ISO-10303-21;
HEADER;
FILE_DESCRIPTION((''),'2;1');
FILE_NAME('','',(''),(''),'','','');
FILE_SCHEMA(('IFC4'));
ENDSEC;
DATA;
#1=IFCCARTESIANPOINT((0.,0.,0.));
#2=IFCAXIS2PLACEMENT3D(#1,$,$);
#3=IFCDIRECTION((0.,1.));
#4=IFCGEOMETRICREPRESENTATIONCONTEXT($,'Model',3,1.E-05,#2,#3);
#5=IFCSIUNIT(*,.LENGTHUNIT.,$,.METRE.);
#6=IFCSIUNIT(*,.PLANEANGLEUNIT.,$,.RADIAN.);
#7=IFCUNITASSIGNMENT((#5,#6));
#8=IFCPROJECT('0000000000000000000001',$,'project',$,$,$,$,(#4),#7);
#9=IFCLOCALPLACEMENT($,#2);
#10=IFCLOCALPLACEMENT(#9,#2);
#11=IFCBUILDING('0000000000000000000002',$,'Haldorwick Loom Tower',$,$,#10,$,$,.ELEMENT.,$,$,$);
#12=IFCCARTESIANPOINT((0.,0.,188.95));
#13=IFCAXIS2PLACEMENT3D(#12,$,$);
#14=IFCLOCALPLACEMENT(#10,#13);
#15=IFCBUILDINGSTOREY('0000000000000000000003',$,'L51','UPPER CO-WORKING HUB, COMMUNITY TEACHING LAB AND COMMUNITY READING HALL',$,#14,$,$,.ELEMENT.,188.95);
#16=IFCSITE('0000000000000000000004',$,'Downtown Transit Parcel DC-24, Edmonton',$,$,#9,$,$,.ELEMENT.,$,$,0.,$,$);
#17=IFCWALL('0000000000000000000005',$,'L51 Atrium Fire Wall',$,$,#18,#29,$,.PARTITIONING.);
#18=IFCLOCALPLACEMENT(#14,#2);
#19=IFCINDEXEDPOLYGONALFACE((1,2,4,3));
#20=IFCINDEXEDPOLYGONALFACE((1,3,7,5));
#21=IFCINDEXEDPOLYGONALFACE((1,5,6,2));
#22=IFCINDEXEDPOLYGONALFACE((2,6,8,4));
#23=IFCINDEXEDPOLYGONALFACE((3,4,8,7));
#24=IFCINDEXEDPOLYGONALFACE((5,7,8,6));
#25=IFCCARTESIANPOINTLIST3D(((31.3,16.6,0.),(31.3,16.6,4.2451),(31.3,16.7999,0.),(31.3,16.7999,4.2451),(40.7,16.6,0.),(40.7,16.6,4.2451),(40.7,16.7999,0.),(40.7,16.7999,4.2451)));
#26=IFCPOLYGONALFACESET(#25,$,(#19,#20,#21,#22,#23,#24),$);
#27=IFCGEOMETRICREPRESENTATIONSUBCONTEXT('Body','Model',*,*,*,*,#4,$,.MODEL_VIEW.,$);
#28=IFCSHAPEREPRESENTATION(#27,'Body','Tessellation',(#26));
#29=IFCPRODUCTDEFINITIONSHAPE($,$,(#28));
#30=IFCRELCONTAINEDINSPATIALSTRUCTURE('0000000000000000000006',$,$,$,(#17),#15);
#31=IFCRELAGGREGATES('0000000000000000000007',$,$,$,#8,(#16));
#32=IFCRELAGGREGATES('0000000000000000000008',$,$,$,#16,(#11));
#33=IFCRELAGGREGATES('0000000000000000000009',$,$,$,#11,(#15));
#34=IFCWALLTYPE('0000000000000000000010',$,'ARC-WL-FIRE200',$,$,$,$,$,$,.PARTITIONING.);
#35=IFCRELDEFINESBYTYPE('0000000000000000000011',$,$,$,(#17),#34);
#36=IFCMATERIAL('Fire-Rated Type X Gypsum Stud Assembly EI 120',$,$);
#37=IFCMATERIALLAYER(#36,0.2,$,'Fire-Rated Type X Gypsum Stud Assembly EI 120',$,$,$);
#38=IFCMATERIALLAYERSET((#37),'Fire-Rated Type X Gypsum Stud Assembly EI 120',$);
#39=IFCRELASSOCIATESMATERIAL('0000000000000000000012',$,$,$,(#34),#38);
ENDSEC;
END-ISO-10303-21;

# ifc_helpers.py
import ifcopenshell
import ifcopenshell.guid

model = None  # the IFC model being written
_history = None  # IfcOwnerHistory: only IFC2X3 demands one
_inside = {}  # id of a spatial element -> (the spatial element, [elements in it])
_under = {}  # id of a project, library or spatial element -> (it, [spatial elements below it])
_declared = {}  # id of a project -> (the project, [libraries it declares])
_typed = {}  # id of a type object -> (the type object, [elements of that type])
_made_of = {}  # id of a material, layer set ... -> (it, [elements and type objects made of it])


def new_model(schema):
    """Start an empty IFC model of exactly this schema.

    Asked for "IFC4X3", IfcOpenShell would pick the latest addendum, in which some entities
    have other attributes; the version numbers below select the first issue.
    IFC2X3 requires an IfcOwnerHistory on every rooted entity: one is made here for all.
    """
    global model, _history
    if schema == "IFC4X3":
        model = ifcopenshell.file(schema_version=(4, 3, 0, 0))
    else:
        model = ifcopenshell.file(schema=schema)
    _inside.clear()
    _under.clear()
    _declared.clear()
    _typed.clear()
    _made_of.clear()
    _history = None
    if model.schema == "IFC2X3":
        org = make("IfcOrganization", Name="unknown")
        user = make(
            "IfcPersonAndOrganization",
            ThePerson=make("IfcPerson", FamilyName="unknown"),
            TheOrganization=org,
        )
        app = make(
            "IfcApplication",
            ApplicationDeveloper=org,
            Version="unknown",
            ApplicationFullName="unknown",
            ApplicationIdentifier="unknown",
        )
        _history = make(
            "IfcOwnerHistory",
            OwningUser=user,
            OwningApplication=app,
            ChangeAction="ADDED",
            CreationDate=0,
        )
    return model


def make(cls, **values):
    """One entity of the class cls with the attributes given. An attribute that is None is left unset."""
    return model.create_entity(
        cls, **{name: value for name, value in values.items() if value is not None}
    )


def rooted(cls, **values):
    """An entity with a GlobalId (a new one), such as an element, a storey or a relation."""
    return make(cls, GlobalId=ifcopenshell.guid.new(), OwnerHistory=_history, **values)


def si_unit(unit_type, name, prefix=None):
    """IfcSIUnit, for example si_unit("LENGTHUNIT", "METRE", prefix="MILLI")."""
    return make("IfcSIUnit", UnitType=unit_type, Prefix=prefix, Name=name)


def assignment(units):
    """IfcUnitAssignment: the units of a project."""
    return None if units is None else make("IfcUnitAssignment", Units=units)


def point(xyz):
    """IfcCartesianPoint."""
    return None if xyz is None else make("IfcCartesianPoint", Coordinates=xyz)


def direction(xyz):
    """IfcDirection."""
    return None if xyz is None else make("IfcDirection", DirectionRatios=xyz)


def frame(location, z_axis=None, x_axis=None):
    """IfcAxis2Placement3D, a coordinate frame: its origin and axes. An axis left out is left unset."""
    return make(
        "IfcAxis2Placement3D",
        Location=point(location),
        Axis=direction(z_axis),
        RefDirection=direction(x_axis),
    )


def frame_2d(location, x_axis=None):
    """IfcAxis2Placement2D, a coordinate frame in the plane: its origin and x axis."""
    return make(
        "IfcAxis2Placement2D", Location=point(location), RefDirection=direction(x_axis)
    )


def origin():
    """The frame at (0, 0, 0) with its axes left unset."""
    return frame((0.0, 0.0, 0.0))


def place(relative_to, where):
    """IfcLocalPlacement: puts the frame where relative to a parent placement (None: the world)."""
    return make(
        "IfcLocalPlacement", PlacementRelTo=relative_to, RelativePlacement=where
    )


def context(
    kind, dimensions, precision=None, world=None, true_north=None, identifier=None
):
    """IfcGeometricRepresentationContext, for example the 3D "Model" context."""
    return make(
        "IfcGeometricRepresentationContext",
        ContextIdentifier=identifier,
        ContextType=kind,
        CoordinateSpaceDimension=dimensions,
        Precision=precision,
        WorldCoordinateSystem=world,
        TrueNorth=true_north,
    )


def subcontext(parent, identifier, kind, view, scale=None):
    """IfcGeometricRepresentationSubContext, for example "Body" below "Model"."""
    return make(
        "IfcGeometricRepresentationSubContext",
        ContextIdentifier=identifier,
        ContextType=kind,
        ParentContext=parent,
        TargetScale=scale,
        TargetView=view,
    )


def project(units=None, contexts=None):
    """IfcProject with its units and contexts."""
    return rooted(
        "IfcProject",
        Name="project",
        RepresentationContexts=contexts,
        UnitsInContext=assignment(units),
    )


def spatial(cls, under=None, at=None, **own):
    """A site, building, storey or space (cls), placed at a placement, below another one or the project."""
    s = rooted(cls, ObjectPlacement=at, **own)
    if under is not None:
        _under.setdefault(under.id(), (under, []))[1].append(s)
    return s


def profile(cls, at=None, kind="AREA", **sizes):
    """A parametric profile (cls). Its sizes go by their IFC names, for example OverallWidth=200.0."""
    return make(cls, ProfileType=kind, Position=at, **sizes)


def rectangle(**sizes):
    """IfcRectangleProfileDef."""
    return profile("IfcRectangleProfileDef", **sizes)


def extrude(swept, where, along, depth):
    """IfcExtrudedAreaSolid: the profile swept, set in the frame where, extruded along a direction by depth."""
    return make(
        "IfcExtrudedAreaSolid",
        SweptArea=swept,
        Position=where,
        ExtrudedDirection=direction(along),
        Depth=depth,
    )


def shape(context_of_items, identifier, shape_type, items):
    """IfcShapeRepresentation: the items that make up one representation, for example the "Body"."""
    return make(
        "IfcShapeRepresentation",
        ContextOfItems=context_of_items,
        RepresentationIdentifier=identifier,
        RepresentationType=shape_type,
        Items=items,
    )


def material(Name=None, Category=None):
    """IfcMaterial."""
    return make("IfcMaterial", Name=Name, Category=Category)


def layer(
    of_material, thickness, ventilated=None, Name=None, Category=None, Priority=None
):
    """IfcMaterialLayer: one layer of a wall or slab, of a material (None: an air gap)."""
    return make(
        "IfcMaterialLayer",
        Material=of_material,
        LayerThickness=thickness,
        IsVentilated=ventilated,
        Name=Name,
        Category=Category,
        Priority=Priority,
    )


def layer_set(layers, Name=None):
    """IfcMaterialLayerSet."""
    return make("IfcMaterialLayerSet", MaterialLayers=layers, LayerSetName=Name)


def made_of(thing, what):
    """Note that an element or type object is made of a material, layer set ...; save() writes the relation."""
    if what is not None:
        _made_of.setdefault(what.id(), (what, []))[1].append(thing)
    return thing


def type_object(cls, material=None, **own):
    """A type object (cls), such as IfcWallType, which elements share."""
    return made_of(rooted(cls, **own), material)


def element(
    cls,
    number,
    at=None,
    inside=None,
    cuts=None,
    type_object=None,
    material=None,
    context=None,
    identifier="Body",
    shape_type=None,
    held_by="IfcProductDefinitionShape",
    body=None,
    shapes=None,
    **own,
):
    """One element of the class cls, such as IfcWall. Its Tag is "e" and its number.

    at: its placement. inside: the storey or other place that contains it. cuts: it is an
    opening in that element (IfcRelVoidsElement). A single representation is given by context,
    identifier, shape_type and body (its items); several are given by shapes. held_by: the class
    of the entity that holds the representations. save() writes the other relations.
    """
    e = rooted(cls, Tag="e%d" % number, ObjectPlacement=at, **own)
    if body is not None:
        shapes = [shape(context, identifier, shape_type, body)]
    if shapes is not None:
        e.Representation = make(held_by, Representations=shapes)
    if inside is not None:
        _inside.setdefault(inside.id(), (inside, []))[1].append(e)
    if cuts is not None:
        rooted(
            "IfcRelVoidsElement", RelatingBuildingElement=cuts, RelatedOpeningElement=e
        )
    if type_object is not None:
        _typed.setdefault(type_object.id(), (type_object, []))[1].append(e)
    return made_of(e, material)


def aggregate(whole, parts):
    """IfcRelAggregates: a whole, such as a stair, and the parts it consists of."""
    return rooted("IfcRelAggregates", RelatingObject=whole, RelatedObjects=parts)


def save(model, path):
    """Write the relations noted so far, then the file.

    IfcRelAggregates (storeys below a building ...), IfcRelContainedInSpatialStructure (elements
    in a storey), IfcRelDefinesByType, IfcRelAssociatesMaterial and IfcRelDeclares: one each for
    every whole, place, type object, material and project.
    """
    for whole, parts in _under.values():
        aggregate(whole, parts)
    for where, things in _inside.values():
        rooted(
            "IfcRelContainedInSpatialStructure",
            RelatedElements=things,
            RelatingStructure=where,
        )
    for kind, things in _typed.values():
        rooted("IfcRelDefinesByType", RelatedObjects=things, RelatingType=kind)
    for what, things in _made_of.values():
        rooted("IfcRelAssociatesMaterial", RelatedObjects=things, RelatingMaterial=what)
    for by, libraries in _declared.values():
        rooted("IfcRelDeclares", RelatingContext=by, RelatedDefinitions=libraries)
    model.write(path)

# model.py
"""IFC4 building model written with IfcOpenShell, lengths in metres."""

from ifc_helpers import new_model, si_unit, direction, frame, frame_2d, origin, place, context, subcontext, project, spatial, rectangle, extrude, material, layer, layer_set, type_object, element, save


model = new_model("IFC4")

# Units and contexts
model_context = context("Model", 3, precision=1e-05, world=origin(), true_north=direction((0.0, 1.0)))
body_context = subcontext(model_context, "Body", "Model", "MODEL_VIEW")
ifc_project = project(units=[si_unit("LENGTHUNIT", "METRE"), si_unit("PLANEANGLEUNIT", "RADIAN")], contexts=[model_context])

# Site, building, storey
site_placement = place(None, origin())
site = spatial("IfcSite", under=ifc_project, at=site_placement, Name="Downtown Transit Parcel DC-24, Edmonton", CompositionType="ELEMENT", RefElevation=0.0)
building_placement = place(site_placement, origin())
building = spatial("IfcBuilding", under=site, at=building_placement, Name="Haldorwick Loom Tower", CompositionType="ELEMENT")
storey_placement = place(building_placement, frame((0.0, 0.0, 188.95)))
storey = spatial("IfcBuildingStorey", under=building, at=storey_placement, Name="L51", Description="UPPER CO-WORKING HUB, COMMUNITY TEACHING LAB AND COMMUNITY READING HALL", CompositionType="ELEMENT", Elevation=188.95)

# Wall
ifc_material_1 = material(Name="Fire-Rated Type X Gypsum Stud Assembly EI 120")
ifc_layer_1 = layer(ifc_material_1, 0.2, Name="Fire-Rated Type X Gypsum Stud Assembly EI 120")
ifc_layer_set_1 = layer_set([ifc_layer_1], Name="Fire-Rated Type X Gypsum Stud Assembly EI 120")
wall_type = type_object("IfcWallType", Name="ARC-WL-FIRE200", PredefinedType="PARTITIONING", material=ifc_layer_set_1)
wall_placement = place(storey_placement, frame((40.7, 16.7, 0.0), z_axis=(0.0, 0.0, 1.0), x_axis=(-1.0, 0.0, 0.0)))
element("IfcWall", 1, at=wall_placement, inside=storey, type_object=wall_type, Name="L51 Atrium Fire Wall", PredefinedType="PARTITIONING", context=body_context, shape_type="SweptSolid", body=[
    extrude(rectangle(XDim=9.3999, YDim=0.2, at=frame_2d((4.7, 0.0))), origin(), (0.0, 0.0, 1.0), 4.2451),
])

save(model, "model.ifc")
